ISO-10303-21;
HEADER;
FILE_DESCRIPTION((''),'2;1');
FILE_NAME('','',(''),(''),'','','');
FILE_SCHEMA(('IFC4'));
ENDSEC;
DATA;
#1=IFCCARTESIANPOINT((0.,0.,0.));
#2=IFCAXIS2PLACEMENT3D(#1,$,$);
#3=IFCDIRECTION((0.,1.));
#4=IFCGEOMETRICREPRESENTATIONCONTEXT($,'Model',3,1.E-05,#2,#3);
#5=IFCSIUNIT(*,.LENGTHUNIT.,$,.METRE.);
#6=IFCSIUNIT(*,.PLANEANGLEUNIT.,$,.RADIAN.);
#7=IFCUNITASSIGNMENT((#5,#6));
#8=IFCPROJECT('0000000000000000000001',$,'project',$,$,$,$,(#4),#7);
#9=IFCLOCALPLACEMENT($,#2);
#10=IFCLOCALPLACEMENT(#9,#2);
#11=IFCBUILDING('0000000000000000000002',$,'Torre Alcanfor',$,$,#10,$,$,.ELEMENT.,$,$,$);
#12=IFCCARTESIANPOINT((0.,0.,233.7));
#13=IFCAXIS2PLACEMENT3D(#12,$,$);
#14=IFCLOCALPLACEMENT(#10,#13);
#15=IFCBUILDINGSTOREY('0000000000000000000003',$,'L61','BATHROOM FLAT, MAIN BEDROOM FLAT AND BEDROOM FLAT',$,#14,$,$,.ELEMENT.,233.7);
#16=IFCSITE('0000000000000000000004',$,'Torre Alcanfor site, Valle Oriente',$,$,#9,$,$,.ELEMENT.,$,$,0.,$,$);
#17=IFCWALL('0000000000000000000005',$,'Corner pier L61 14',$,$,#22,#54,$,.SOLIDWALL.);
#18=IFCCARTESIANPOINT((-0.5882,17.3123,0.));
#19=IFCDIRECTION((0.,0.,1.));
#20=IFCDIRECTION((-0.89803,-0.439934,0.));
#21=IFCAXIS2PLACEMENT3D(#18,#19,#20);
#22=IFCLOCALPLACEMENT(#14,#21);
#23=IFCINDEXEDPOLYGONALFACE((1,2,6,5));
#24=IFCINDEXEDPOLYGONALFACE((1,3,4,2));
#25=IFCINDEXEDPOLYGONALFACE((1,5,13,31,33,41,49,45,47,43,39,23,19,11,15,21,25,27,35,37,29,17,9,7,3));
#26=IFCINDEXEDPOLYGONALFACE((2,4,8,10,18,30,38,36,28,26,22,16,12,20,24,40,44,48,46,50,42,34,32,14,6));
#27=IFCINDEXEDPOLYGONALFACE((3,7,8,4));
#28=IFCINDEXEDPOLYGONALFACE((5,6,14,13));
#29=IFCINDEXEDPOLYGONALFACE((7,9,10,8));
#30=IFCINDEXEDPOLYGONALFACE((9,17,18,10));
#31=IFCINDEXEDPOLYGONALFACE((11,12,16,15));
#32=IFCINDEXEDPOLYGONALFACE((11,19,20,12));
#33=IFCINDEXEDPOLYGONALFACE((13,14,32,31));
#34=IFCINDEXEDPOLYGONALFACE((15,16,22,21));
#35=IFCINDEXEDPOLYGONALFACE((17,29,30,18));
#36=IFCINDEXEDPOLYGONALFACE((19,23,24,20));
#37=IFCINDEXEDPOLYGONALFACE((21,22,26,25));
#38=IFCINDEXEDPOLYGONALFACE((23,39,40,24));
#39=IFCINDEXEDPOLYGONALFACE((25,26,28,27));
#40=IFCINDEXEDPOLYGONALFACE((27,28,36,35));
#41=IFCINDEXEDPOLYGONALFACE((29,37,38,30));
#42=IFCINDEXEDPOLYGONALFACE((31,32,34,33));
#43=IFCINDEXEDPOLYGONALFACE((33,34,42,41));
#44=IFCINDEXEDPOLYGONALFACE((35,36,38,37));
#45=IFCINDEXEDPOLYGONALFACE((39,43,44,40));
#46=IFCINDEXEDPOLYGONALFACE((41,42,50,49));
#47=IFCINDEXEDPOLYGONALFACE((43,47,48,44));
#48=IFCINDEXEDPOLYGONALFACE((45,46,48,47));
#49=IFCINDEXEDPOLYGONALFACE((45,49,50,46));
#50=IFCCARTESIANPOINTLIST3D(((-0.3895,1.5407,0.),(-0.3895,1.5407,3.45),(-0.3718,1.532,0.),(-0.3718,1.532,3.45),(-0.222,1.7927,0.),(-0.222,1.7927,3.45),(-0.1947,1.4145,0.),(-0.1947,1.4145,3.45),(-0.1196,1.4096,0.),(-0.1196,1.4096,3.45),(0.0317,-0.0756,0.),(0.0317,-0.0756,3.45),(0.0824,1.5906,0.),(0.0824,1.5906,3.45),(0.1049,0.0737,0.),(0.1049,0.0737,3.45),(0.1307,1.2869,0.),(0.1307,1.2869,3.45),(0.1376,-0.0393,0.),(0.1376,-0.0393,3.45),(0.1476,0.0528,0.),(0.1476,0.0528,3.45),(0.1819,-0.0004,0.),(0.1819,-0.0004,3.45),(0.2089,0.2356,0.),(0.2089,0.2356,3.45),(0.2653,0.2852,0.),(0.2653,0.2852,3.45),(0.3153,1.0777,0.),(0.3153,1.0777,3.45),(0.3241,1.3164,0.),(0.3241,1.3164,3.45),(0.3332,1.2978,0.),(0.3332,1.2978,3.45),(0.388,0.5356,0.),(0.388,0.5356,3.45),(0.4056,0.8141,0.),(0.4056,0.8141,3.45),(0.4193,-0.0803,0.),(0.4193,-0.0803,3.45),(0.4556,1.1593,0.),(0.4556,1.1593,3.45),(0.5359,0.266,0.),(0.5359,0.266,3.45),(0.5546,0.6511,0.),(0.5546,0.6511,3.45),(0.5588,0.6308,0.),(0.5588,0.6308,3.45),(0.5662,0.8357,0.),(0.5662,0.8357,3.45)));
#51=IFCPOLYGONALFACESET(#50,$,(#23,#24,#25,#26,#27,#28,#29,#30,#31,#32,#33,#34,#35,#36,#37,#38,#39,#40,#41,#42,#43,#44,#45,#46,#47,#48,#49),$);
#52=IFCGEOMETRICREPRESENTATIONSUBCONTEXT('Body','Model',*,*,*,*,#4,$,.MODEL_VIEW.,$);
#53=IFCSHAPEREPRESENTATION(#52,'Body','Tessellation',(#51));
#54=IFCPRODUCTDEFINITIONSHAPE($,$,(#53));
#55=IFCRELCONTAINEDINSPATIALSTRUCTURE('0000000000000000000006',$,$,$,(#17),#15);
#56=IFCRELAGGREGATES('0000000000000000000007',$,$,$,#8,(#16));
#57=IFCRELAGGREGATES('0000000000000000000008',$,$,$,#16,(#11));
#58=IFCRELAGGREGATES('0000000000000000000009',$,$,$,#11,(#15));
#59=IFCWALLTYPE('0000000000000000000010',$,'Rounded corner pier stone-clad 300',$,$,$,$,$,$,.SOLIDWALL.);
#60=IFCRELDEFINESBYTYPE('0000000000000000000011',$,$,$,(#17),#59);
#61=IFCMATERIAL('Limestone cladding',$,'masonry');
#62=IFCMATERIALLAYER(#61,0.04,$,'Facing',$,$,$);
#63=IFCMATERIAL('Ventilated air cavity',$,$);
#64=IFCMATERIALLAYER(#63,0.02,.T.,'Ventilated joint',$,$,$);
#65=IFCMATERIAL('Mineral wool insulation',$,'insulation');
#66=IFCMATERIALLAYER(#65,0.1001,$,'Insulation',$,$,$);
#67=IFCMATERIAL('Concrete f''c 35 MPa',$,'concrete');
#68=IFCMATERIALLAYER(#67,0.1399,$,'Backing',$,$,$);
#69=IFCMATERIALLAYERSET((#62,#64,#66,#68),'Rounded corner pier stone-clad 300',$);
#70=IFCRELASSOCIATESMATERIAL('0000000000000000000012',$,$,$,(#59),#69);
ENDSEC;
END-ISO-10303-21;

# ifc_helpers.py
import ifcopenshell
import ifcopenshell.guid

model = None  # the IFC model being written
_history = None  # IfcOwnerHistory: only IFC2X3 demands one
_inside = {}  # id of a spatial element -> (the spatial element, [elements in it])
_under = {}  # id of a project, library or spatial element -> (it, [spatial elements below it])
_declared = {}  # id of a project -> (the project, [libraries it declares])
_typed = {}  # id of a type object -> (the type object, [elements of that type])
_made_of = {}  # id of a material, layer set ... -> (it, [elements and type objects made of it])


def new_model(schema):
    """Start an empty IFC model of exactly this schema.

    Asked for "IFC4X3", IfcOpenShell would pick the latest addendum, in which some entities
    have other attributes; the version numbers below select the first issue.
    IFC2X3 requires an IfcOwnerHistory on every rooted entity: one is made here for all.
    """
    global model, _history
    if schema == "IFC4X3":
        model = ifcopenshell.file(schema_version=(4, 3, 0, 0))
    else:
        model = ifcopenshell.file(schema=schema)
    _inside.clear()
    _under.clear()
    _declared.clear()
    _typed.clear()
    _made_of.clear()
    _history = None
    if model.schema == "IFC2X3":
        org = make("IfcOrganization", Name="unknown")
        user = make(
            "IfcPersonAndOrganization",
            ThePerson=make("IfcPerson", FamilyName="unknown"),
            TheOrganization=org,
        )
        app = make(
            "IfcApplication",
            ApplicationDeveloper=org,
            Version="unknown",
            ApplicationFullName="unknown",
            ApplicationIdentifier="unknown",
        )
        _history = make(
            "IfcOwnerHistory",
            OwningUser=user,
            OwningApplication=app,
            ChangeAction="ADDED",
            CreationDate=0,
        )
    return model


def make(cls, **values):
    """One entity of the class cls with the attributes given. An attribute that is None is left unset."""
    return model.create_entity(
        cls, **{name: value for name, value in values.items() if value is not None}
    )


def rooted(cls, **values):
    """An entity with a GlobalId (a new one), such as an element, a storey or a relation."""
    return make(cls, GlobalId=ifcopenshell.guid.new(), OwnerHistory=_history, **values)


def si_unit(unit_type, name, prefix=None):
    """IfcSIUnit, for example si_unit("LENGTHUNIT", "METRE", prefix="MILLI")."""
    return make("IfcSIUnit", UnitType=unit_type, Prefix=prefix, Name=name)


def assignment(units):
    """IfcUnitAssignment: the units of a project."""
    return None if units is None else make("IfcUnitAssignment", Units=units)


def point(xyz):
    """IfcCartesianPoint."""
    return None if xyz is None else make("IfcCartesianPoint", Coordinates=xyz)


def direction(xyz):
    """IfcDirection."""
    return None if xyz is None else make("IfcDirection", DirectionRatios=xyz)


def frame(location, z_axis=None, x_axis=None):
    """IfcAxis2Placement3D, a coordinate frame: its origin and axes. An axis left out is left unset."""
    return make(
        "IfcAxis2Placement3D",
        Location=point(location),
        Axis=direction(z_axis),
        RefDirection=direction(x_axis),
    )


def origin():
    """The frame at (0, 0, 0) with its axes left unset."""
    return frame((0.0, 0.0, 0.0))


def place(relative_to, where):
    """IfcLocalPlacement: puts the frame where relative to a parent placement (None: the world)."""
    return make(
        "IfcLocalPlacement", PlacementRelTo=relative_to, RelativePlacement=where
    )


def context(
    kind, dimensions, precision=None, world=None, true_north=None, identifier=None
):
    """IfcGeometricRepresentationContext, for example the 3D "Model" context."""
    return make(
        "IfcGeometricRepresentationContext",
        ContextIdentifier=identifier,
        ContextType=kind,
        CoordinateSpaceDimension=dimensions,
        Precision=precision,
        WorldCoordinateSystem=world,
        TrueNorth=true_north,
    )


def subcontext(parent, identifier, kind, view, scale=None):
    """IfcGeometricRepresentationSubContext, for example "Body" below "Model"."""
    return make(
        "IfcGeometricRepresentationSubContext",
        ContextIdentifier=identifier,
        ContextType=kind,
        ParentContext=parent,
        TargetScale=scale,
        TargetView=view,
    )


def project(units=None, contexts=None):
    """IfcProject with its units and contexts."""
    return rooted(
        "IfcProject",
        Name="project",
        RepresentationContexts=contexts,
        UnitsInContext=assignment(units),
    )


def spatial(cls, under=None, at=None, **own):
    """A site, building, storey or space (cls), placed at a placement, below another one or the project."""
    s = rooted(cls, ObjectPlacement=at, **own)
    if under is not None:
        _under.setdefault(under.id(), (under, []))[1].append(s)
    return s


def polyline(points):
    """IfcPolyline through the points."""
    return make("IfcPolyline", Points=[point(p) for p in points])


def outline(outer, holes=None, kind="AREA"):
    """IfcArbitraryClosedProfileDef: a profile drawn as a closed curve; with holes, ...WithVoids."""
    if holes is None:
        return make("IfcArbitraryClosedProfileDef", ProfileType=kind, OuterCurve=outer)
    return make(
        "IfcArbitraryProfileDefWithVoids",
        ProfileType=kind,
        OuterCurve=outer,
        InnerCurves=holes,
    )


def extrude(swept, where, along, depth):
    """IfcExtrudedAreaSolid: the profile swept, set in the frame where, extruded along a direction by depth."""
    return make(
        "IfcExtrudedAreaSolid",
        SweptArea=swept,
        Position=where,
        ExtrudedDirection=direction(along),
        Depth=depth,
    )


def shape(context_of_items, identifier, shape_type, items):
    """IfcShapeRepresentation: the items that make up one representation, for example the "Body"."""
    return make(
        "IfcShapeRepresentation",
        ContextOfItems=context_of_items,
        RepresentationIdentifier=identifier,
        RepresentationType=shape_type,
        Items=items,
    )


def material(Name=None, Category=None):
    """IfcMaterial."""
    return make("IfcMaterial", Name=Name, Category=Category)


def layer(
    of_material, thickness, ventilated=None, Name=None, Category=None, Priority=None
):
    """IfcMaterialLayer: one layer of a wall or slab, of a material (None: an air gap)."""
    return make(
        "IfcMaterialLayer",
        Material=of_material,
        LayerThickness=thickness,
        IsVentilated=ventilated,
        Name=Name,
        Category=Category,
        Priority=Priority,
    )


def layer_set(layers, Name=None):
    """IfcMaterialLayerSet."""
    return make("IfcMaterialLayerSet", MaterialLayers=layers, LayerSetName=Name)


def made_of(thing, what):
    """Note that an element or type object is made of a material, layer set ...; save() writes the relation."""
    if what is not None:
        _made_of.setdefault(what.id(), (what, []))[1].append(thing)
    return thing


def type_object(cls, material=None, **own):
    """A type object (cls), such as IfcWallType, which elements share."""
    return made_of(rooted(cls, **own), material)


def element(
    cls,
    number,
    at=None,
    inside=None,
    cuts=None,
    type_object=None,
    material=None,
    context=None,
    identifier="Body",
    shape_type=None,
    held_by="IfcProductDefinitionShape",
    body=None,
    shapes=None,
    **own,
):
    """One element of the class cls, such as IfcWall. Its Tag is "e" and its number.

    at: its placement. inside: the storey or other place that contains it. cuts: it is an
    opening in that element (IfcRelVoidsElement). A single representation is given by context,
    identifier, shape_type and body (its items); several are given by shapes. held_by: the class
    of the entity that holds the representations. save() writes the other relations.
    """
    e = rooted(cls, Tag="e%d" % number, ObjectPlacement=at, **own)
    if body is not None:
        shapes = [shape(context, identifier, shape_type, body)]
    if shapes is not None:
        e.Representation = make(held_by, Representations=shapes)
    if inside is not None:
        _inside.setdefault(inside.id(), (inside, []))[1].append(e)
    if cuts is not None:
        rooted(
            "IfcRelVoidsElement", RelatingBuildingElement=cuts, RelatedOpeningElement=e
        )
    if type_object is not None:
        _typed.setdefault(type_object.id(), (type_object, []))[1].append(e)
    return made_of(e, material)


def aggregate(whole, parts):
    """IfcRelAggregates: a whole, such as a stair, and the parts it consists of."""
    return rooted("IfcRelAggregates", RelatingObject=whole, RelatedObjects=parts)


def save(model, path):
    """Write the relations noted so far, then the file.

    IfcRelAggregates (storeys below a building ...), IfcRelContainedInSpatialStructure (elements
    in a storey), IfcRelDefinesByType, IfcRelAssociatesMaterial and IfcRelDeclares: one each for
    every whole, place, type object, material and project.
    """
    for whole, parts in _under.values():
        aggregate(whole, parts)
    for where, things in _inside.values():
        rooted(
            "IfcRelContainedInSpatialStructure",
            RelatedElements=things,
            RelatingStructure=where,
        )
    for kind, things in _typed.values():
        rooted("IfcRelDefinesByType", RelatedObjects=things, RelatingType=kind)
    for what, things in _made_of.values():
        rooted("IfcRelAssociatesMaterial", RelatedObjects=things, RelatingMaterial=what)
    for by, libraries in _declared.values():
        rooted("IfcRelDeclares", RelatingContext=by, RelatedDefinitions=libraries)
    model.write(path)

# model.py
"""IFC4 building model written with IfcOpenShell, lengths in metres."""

from ifc_helpers import new_model, si_unit, direction, frame, origin, place, context, subcontext, project, spatial, polyline, outline, extrude, material, layer, layer_set, type_object, element, save


model = new_model("IFC4")

# Units and contexts
model_context = context("Model", 3, precision=1e-05, world=origin(), true_north=direction((0.0, 1.0)))
body_context = subcontext(model_context, "Body", "Model", "MODEL_VIEW")
ifc_project = project(units=[si_unit("LENGTHUNIT", "METRE"), si_unit("PLANEANGLEUNIT", "RADIAN")], contexts=[model_context])

# Site, building, storey
site_placement = place(None, origin())
site = spatial("IfcSite", under=ifc_project, at=site_placement, Name="Torre Alcanfor site, Valle Oriente", CompositionType="ELEMENT", RefElevation=0.0)
building_placement = place(site_placement, origin())
building = spatial("IfcBuilding", under=site, at=building_placement, Name="Torre Alcanfor", CompositionType="ELEMENT")
storey_placement = place(building_placement, frame((0.0, 0.0, 233.7)))
storey = spatial("IfcBuildingStorey", under=building, at=storey_placement, Name="L61", Description="BATHROOM FLAT, MAIN BEDROOM FLAT AND BEDROOM FLAT", CompositionType="ELEMENT", Elevation=233.7)

# Wall
ifc_material_1 = material(Name="Limestone cladding", Category="masonry")
ifc_layer_1 = layer(ifc_material_1, 0.04, Name="Facing")
ifc_material_2 = material(Name="Ventilated air cavity")
ifc_layer_2 = layer(ifc_material_2, 0.02, ventilated=True, Name="Ventilated joint")
ifc_material_3 = material(Name="Mineral wool insulation", Category="insulation")
ifc_layer_3 = layer(ifc_material_3, 0.1001, Name="Insulation")
ifc_material_4 = material(Name="Concrete f'c 35 MPa", Category="concrete")
ifc_layer_4 = layer(ifc_material_4, 0.1399, Name="Backing")
ifc_layer_set_1 = layer_set([ifc_layer_1, ifc_layer_2, ifc_layer_3, ifc_layer_4], Name="Rounded corner pier stone-clad 300")
wall_type_1 = type_object("IfcWallType", Name="Rounded corner pier stone-clad 300", PredefinedType="SOLIDWALL", material=ifc_layer_set_1)
wall_1_placement = place(storey_placement, frame((-0.5882, 17.3123, 0.0), z_axis=(0.0, 0.0, 1.0), x_axis=(-0.89803, -0.439934, 0.0)))
element("IfcWall", 1, at=wall_1_placement, inside=storey, type_object=wall_type_1, Name="Corner pier L61 14", PredefinedType="SOLIDWALL", context=body_context, shape_type="SweptSolid", body=[
    extrude(outline(polyline([(-0.222, 1.7927), (-0.3895, 1.5407), (-0.3718, 1.532), (-0.1947, 1.4145), (-0.1196, 1.4096), (0.1307, 1.2869), (0.3153, 1.0777), (0.4056, 0.8141), (0.388, 0.5356), (0.2653, 0.2852), (0.2089, 0.2356), (0.1476, 0.0528), (0.1049, 0.0737), (0.0317, -0.0756), (0.1376, -0.0393), (0.1819, -0.0004), (0.4193, -0.0803), (0.5359, 0.266), (0.5588, 0.6308), (0.5546, 0.6511), (0.5662, 0.8357), (0.4556, 1.1593), (0.3332, 1.2978), (0.3241, 1.3164), (0.0824, 1.5906), (-0.222, 1.7927)])), origin(), (0.0, 0.0, 1.0), 3.45),
])

save(model, "model.ifc")
